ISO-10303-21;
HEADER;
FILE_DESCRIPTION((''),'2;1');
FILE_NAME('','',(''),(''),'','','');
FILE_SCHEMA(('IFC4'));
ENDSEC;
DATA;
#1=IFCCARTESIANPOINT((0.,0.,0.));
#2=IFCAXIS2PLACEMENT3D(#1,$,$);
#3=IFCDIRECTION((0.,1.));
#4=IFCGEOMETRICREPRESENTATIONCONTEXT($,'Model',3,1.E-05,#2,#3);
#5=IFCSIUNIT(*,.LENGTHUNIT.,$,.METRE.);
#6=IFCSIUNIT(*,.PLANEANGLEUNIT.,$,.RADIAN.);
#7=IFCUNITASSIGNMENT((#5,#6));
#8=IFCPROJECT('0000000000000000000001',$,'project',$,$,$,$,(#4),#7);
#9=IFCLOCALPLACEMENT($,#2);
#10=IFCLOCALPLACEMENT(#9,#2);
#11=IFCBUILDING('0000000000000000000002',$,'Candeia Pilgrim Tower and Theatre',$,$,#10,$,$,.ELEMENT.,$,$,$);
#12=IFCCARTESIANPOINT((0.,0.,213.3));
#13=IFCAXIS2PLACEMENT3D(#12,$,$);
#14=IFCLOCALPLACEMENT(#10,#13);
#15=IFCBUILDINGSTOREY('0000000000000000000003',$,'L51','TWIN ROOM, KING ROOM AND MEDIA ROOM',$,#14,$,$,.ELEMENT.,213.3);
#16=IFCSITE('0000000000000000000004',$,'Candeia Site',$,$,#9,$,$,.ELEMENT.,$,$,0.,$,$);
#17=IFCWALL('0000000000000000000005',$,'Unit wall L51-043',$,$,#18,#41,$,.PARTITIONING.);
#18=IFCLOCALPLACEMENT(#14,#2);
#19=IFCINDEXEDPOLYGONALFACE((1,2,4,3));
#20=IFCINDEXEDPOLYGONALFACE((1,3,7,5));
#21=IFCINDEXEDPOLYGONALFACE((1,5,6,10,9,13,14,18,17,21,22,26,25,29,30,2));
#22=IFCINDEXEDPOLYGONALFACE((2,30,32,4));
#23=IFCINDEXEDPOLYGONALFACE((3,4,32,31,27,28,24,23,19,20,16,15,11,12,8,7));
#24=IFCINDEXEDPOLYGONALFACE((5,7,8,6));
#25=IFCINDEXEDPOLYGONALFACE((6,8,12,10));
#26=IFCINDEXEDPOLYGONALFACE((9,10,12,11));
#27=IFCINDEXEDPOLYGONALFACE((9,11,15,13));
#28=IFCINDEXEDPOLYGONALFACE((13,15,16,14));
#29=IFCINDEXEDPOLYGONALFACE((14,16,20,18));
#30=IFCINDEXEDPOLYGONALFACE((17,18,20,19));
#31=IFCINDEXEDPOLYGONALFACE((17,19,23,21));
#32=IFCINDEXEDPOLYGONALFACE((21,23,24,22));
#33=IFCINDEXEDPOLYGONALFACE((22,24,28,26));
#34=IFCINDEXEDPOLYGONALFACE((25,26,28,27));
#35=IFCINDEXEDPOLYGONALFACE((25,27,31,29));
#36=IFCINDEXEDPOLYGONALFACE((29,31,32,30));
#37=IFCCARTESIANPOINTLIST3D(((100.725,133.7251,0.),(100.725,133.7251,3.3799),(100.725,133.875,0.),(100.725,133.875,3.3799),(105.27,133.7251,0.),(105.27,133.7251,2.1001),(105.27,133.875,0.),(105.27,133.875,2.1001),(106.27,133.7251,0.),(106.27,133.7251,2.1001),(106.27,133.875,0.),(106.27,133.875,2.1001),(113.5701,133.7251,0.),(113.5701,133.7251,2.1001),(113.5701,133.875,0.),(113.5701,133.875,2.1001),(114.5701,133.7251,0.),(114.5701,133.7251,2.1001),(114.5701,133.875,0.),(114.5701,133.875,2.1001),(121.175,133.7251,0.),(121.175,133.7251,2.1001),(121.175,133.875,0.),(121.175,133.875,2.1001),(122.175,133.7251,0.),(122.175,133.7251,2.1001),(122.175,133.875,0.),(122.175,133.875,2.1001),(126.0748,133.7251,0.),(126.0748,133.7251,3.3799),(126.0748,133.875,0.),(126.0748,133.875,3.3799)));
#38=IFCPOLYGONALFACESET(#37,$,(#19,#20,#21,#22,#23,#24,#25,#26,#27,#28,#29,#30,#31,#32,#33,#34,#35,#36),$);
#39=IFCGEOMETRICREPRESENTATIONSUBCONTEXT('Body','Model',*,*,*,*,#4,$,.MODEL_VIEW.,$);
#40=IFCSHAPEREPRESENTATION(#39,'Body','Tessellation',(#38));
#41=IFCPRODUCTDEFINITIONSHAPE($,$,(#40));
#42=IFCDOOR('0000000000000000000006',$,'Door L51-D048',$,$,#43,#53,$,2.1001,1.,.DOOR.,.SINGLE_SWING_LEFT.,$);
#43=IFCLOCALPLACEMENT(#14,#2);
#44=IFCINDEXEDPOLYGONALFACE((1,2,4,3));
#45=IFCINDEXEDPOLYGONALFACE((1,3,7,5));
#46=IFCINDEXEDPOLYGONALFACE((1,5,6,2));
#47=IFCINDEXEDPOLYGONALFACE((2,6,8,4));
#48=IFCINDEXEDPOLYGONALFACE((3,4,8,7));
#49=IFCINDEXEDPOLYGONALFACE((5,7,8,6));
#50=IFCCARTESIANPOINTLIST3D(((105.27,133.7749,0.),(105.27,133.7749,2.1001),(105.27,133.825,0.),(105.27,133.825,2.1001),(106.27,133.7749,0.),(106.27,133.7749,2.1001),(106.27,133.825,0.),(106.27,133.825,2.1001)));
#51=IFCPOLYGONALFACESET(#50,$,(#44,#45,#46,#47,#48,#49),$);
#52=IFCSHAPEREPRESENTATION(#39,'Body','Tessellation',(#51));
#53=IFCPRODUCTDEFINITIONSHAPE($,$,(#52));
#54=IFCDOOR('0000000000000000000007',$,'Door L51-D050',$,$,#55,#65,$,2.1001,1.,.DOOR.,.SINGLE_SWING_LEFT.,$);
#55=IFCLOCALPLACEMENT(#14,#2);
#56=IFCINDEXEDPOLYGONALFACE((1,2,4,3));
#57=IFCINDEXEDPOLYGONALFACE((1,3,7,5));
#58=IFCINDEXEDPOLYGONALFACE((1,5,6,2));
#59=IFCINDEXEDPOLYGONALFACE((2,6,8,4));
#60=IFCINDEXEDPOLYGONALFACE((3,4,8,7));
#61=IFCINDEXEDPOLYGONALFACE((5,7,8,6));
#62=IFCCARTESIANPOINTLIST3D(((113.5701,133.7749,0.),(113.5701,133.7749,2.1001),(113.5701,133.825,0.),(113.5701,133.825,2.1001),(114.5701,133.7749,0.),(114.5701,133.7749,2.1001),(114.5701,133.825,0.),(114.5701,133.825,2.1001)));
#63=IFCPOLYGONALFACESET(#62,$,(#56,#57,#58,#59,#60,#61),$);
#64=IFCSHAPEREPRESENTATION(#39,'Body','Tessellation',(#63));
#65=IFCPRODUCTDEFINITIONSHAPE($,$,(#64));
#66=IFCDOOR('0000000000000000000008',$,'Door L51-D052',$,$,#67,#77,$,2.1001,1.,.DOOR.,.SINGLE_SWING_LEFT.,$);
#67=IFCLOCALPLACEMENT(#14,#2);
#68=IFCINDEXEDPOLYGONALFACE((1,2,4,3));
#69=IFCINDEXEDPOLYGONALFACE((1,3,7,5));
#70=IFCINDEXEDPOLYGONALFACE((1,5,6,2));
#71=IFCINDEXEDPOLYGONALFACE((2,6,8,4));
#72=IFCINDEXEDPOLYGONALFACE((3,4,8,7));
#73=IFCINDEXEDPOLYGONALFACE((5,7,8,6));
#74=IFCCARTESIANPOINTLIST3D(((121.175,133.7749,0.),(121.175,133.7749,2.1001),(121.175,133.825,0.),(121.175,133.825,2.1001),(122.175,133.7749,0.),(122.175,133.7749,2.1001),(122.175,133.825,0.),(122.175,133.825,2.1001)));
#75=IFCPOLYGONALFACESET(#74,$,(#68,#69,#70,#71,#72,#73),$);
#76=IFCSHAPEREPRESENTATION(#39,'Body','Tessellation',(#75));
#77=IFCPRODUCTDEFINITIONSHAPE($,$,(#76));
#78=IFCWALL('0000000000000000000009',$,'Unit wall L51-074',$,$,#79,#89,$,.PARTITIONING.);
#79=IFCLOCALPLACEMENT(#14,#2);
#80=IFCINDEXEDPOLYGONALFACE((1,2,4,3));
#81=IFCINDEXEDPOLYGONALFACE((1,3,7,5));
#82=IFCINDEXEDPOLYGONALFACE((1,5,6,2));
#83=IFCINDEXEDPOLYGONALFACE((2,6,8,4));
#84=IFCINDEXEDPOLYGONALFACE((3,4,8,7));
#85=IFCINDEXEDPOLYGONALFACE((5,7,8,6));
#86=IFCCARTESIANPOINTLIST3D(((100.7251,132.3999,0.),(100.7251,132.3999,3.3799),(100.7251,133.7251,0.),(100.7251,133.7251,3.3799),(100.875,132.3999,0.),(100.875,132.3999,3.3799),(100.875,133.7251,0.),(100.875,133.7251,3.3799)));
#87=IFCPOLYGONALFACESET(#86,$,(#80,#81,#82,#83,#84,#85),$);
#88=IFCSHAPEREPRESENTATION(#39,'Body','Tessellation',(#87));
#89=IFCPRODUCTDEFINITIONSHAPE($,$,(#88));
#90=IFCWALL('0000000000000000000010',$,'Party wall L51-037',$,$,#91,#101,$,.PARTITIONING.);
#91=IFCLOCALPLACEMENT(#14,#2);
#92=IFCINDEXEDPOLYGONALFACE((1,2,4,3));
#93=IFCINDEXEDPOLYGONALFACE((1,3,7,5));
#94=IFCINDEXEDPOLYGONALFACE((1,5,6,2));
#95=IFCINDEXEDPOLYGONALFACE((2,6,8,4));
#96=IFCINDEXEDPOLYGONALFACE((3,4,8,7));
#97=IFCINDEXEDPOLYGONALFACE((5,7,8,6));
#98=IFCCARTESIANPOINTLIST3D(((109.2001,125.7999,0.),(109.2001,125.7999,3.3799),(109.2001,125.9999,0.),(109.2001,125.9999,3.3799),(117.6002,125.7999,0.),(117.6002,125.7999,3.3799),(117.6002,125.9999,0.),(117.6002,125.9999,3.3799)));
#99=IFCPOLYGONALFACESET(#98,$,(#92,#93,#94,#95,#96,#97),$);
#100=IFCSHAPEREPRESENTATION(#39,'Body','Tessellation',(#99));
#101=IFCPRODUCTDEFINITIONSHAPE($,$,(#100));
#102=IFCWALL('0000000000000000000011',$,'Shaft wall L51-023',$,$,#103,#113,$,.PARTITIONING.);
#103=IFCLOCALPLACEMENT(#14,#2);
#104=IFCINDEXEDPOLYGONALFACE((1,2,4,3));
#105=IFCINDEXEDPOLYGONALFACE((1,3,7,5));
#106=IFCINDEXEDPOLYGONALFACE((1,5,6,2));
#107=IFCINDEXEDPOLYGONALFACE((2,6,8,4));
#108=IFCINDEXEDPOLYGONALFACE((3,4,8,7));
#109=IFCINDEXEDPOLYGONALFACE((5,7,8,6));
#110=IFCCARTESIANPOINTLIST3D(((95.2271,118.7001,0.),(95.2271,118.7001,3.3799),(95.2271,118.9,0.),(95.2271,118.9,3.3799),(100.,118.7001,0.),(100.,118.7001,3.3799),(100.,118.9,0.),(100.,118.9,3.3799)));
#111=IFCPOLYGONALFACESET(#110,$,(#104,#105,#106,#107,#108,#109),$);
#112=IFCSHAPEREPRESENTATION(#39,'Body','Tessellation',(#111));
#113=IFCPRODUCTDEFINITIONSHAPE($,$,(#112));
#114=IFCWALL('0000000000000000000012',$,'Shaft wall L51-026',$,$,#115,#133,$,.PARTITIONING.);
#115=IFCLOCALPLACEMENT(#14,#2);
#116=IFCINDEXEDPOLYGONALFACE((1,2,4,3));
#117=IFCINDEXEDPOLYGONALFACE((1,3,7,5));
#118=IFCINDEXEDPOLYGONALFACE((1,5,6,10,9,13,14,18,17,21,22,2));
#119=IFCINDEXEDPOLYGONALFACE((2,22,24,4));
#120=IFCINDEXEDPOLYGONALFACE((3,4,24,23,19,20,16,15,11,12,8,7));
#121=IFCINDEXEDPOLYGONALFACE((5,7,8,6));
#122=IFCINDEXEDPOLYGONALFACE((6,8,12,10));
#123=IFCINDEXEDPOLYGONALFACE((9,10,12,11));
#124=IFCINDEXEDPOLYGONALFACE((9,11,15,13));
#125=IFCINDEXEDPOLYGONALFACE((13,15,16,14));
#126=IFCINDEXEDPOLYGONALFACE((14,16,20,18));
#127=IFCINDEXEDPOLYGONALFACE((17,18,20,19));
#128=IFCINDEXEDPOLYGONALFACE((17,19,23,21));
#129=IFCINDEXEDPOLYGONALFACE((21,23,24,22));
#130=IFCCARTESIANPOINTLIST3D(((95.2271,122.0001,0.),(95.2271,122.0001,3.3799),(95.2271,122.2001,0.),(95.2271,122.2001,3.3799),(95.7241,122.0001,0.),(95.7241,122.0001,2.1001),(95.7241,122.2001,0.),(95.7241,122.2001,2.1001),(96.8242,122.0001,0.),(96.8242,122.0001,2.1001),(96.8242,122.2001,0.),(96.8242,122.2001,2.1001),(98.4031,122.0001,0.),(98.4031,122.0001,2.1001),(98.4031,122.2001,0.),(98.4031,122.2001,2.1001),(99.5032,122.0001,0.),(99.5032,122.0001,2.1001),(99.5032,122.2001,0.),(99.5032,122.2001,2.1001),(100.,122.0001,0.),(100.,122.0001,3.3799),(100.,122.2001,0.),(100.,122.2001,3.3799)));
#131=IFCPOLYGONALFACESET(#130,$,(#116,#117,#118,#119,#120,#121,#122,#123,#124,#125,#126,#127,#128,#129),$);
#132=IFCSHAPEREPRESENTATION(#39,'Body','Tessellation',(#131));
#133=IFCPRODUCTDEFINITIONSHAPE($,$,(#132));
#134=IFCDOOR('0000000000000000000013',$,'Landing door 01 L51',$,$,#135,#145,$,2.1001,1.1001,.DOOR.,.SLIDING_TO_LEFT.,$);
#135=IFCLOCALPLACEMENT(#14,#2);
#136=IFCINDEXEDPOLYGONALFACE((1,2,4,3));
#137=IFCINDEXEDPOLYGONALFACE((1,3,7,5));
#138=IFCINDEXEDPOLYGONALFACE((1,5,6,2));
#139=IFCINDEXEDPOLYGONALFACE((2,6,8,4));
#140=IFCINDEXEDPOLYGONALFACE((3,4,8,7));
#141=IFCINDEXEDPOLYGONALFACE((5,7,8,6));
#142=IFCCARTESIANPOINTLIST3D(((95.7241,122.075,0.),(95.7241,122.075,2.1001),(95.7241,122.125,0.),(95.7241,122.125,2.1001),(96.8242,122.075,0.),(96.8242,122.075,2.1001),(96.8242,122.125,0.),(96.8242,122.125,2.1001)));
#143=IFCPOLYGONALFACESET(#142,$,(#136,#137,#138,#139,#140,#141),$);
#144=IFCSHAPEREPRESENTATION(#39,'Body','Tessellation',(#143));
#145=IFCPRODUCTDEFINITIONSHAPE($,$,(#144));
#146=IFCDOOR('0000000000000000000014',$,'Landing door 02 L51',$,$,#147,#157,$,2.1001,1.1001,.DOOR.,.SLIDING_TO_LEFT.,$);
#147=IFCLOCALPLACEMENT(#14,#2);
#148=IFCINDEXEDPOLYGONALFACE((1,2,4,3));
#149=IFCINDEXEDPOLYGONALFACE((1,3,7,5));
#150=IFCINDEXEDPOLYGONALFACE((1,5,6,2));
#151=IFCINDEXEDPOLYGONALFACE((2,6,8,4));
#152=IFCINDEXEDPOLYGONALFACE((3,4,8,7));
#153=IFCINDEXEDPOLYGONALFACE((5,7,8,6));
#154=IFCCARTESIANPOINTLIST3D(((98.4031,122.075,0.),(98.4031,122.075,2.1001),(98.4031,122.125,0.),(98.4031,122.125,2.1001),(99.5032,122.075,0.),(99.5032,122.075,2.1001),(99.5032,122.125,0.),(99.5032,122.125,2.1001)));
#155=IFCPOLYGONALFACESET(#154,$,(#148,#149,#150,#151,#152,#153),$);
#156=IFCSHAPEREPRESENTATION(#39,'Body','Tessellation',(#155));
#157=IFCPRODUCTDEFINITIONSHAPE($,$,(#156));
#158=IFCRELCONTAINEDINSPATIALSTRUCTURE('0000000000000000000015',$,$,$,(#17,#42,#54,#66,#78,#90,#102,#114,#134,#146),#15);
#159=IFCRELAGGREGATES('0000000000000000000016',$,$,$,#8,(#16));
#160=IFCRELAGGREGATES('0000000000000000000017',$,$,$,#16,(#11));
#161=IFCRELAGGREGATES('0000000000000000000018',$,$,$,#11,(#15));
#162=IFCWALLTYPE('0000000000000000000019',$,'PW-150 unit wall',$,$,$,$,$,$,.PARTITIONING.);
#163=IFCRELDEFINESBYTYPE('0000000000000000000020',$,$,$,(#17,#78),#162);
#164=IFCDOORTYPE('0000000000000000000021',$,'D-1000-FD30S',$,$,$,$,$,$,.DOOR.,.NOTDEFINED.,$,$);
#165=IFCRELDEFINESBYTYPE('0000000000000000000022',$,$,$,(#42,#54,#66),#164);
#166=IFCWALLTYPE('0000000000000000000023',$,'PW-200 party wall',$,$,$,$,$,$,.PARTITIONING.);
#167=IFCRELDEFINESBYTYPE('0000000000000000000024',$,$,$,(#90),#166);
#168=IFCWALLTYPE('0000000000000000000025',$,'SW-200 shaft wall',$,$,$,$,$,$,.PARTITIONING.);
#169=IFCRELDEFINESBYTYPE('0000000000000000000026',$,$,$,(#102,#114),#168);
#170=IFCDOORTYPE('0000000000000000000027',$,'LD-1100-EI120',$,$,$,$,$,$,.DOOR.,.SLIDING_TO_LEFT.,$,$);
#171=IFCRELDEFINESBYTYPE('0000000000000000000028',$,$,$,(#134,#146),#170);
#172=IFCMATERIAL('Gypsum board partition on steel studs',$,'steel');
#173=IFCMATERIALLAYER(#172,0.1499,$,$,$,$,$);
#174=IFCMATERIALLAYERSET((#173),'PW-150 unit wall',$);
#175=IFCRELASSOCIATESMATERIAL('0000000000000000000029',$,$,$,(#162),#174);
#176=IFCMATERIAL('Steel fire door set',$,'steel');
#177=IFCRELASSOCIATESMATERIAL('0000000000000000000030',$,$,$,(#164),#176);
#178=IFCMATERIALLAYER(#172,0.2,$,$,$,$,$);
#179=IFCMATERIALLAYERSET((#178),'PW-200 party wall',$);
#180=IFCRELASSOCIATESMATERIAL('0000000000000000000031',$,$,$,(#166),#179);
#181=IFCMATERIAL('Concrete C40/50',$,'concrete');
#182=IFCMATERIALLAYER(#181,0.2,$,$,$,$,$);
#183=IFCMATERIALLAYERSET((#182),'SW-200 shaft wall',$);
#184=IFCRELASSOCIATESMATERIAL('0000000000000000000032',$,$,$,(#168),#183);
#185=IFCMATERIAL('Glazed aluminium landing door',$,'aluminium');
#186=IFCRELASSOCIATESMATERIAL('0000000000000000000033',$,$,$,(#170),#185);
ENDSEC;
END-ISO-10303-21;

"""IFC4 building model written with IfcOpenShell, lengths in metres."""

from ifc_helpers import new_model, si_unit, direction, frame, frame_2d, origin, place, context, subcontext, project, spatial, rectangle, extrude, material, layer, layer_set, type_object, element, fill, save


model = new_model("IFC4")

# Units and contexts
model_context = context("Model", 3, precision=1e-05, world=origin(), true_north=direction((0.0, 1.0)))
body_context = subcontext(model_context, "Body", "Model", "MODEL_VIEW")
ifc_project = project(units=[si_unit("LENGTHUNIT", "METRE"), si_unit("PLANEANGLEUNIT", "RADIAN")], contexts=[model_context])

# Site, building, storey
site_placement = place(None, origin())
site = spatial("IfcSite", under=ifc_project, at=site_placement, Name="Candeia Site", CompositionType="ELEMENT", RefElevation=0.0)
building_placement = place(site_placement, origin())
building = spatial("IfcBuilding", under=site, at=building_placement, Name="Candeia Pilgrim Tower and Theatre", CompositionType="ELEMENT")
storey_placement = place(building_placement, frame((0.0, 0.0, 213.3)))
storey = spatial("IfcBuildingStorey", under=building, at=storey_placement, Name="L51", Description="TWIN ROOM, KING ROOM AND MEDIA ROOM", CompositionType="ELEMENT", Elevation=213.3)

# Shared definitions
ifc_material_1 = material(Name="Steel fire door set", Category="steel")

# Shared definitions
ifc_material_2 = material(Name="Gypsum board partition on steel studs", Category="steel")

# Wall, openings, doors
ifc_layer_1 = layer(ifc_material_2, 0.1499)
ifc_layer_set_1 = layer_set([ifc_layer_1], Name="PW-150 unit wall")
wall_type_1 = type_object("IfcWallType", Name="PW-150 unit wall", PredefinedType="PARTITIONING", material=ifc_layer_set_1)
wall_1_placement = place(storey_placement, frame((100.7251, 133.8, 0.0), z_axis=(0.0, 0.0, 1.0), x_axis=(1.0, 0.0, 0.0)))
wall_1 = element("IfcWall", 1, at=wall_1_placement, inside=storey, type_object=wall_type_1, Name="Unit wall L51-043", PredefinedType="PARTITIONING", context=body_context, shape_type="SweptSolid", body=[
    extrude(rectangle(XDim=25.3499, YDim=0.1499, at=frame_2d((12.6748, 0.0))), origin(), (0.0, 0.0, 1.0), 3.3799),
])
opening_1_placement = place(wall_1_placement, frame((4.5449, 0.0, 0.0)))
opening_1 = element("IfcOpeningElement", 2, at=opening_1_placement, cuts=wall_1, PredefinedType="OPENING", context=body_context, shape_type="SweptSolid", body=[
    extrude(rectangle(XDim=1.0, YDim=2.1001, at=frame_2d((0.5, 1.05))), frame((0.0, 0.085, 0.0), z_axis=(0.0, -1.0, 0.0), x_axis=(1.0, 0.0, 0.0)), (0.0, 0.0, 1.0), 0.1699),
])
opening_2_placement = place(wall_1_placement, frame((12.845, 0.0, 0.0)))
opening_2 = element("IfcOpeningElement", 3, at=opening_2_placement, cuts=wall_1, PredefinedType="OPENING", context=body_context, shape_type="SweptSolid", body=[
    extrude(rectangle(XDim=1.0, YDim=2.1001, at=frame_2d((0.5, 1.05))), frame((0.0, 0.085, 0.0), z_axis=(0.0, -1.0, 0.0), x_axis=(1.0, 0.0, 0.0)), (0.0, 0.0, 1.0), 0.1699),
])
opening_3_placement = place(wall_1_placement, frame((20.45, 0.0, 0.0)))
opening_3 = element("IfcOpeningElement", 4, at=opening_3_placement, cuts=wall_1, PredefinedType="OPENING", context=body_context, shape_type="SweptSolid", body=[
    extrude(rectangle(XDim=1.0, YDim=2.1001, at=frame_2d((0.5, 1.05))), frame((0.0, 0.085, 0.0), z_axis=(0.0, -1.0, 0.0), x_axis=(1.0, 0.0, 0.0)), (0.0, 0.0, 1.0), 0.1699),
])
door_type_1 = type_object("IfcDoorType", Name="D-1000-FD30S", OperationType="NOTDEFINED", PredefinedType="DOOR", material=ifc_material_1)
door_1_placement = place(opening_1_placement, origin())
door_1 = element("IfcDoor", 5, at=door_1_placement, inside=storey, type_object=door_type_1, Name="Door L51-D048", OperationType="SINGLE_SWING_LEFT", OverallHeight=2.1001, OverallWidth=1.0, PredefinedType="DOOR", context=body_context, shape_type="SweptSolid", body=[
    extrude(rectangle(XDim=1.0, YDim=2.1001, at=frame_2d((0.5, 1.05))), frame((0.0, 0.0249, 0.0), z_axis=(0.0, -1.0, 0.0), x_axis=(1.0, 0.0, 0.0)), (0.0, 0.0, 1.0), 0.05),
])
fill(opening_1, door_1)
door_2_placement = place(opening_2_placement, origin())
door_2 = element("IfcDoor", 6, at=door_2_placement, inside=storey, type_object=door_type_1, Name="Door L51-D050", OperationType="SINGLE_SWING_LEFT", OverallHeight=2.1001, OverallWidth=1.0, PredefinedType="DOOR", context=body_context, shape_type="SweptSolid", body=[
    extrude(rectangle(XDim=1.0, YDim=2.1001, at=frame_2d((0.5, 1.05))), frame((0.0, 0.0249, 0.0), z_axis=(0.0, -1.0, 0.0), x_axis=(1.0, 0.0, 0.0)), (0.0, 0.0, 1.0), 0.05),
])
fill(opening_2, door_2)
door_3_placement = place(opening_3_placement, origin())
door_3 = element("IfcDoor", 7, at=door_3_placement, inside=storey, type_object=door_type_1, Name="Door L51-D052", OperationType="SINGLE_SWING_LEFT", OverallHeight=2.1001, OverallWidth=1.0, PredefinedType="DOOR", context=body_context, shape_type="SweptSolid", body=[
    extrude(rectangle(XDim=1.0, YDim=2.1001, at=frame_2d((0.5, 1.05))), frame((0.0, 0.0249, 0.0), z_axis=(0.0, -1.0, 0.0), x_axis=(1.0, 0.0, 0.0)), (0.0, 0.0, 1.0), 0.05),
])
fill(opening_3, door_3)

# Walls
wall_2_placement = place(storey_placement, frame((100.8, 132.3999, 0.0), z_axis=(0.0, 0.0, 1.0), x_axis=(0.0, 1.0, 0.0)))
element("IfcWall", 8, at=wall_2_placement, inside=storey, type_object=wall_type_1, Name="Unit wall L51-074", PredefinedType="PARTITIONING", context=body_context, shape_type="SweptSolid", body=[
    extrude(rectangle(XDim=1.3252, YDim=0.1499, at=frame_2d((0.6626, 0.0))), origin(), (0.0, 0.0, 1.0), 3.3799),
])
ifc_layer_2 = layer(ifc_material_2, 0.2)
ifc_layer_set_2 = layer_set([ifc_layer_2], Name="PW-200 party wall")
wall_type_2 = type_object("IfcWallType", Name="PW-200 party wall", PredefinedType="PARTITIONING", material=ifc_layer_set_2)
wall_3_placement = place(storey_placement, frame((109.2, 125.8999, 0.0), z_axis=(0.0, 0.0, 1.0), x_axis=(1.0, 0.0, 0.0)))
element("IfcWall", 9, at=wall_3_placement, inside=storey, type_object=wall_type_2, Name="Party wall L51-037", PredefinedType="PARTITIONING", context=body_context, shape_type="SweptSolid", body=[
    extrude(rectangle(XDim=8.4001, YDim=0.2, at=frame_2d((4.2002, 0.0))), origin(), (0.0, 0.0, 1.0), 3.3799),
])
ifc_material_3 = material(Name="Concrete C40/50", Category="concrete")
ifc_layer_3 = layer(ifc_material_3, 0.2)
ifc_layer_set_3 = layer_set([ifc_layer_3], Name="SW-200 shaft wall")
wall_type_3 = type_object("IfcWallType", Name="SW-200 shaft wall", PredefinedType="PARTITIONING", material=ifc_layer_set_3)
wall_4_placement = place(storey_placement, frame((95.2271, 118.8, 0.0), z_axis=(0.0, 0.0, 1.0), x_axis=(1.0, 0.0, 0.0)))
element("IfcWall", 10, at=wall_4_placement, inside=storey, type_object=wall_type_3, Name="Shaft wall L51-023", PredefinedType="PARTITIONING", context=body_context, shape_type="SweptSolid", body=[
    extrude(rectangle(XDim=4.7729, YDim=0.2, at=frame_2d((2.3865, 0.0))), origin(), (0.0, 0.0, 1.0), 3.3799),
])

# Wall, openings, doors
wall_5_placement = place(storey_placement, frame((95.2271, 122.1001, 0.0), z_axis=(0.0, 0.0, 1.0), x_axis=(1.0, 0.0, 0.0)))
wall_5 = element("IfcWall", 11, at=wall_5_placement, inside=storey, type_object=wall_type_3, Name="Shaft wall L51-026", PredefinedType="PARTITIONING", context=body_context, shape_type="SweptSolid", body=[
    extrude(rectangle(XDim=4.7729, YDim=0.2, at=frame_2d((2.3865, 0.0))), origin(), (0.0, 0.0, 1.0), 3.3799),
])
opening_4_placement = place(wall_5_placement, frame((0.4971, 0.0, 0.0)))
opening_4 = element("IfcOpeningElement", 12, at=opening_4_placement, cuts=wall_5, PredefinedType="OPENING", context=body_context, shape_type="SweptSolid", body=[
    extrude(rectangle(XDim=1.1001, YDim=2.1001, at=frame_2d((0.55, 1.05))), frame((0.0, 0.1099, 0.0), z_axis=(0.0, -1.0, 0.0), x_axis=(1.0, 0.0, 0.0)), (0.0, 0.0, 1.0), 0.22),
])
opening_5_placement = place(wall_5_placement, frame((3.176, 0.0, 0.0)))
opening_5 = element("IfcOpeningElement", 13, at=opening_5_placement, cuts=wall_5, PredefinedType="OPENING", context=body_context, shape_type="SweptSolid", body=[
    extrude(rectangle(XDim=1.1001, YDim=2.1001, at=frame_2d((0.55, 1.05))), frame((0.0, 0.1099, 0.0), z_axis=(0.0, -1.0, 0.0), x_axis=(1.0, 0.0, 0.0)), (0.0, 0.0, 1.0), 0.22),
])
ifc_material_4 = material(Name="Glazed aluminium landing door", Category="aluminium")
door_type_2 = type_object("IfcDoorType", Name="LD-1100-EI120", OperationType="SLIDING_TO_LEFT", PredefinedType="DOOR", material=ifc_material_4)
door_4_placement = place(opening_4_placement, origin())
door_4 = element("IfcDoor", 14, at=door_4_placement, inside=storey, type_object=door_type_2, Name="Landing door 01 L51", OperationType="SLIDING_TO_LEFT", OverallHeight=2.1001, OverallWidth=1.1001, PredefinedType="DOOR", context=body_context, shape_type="SweptSolid", body=[
    extrude(rectangle(XDim=1.1001, YDim=2.1001, at=frame_2d((0.55, 1.05))), frame((0.0, 0.0249, 0.0), z_axis=(0.0, -1.0, 0.0), x_axis=(1.0, 0.0, 0.0)), (0.0, 0.0, 1.0), 0.05),
])
fill(opening_4, door_4)
door_5_placement = place(opening_5_placement, origin())
door_5 = element("IfcDoor", 15, at=door_5_placement, inside=storey, type_object=door_type_2, Name="Landing door 02 L51", OperationType="SLIDING_TO_LEFT", OverallHeight=2.1001, OverallWidth=1.1001, PredefinedType="DOOR", context=body_context, shape_type="SweptSolid", body=[
    extrude(rectangle(XDim=1.1001, YDim=2.1001, at=frame_2d((0.55, 1.05))), frame((0.0, 0.0249, 0.0), z_axis=(0.0, -1.0, 0.0), x_axis=(1.0, 0.0, 0.0)), (0.0, 0.0, 1.0), 0.05),
])
fill(opening_5, door_5)

save(model, "model.ifc")
